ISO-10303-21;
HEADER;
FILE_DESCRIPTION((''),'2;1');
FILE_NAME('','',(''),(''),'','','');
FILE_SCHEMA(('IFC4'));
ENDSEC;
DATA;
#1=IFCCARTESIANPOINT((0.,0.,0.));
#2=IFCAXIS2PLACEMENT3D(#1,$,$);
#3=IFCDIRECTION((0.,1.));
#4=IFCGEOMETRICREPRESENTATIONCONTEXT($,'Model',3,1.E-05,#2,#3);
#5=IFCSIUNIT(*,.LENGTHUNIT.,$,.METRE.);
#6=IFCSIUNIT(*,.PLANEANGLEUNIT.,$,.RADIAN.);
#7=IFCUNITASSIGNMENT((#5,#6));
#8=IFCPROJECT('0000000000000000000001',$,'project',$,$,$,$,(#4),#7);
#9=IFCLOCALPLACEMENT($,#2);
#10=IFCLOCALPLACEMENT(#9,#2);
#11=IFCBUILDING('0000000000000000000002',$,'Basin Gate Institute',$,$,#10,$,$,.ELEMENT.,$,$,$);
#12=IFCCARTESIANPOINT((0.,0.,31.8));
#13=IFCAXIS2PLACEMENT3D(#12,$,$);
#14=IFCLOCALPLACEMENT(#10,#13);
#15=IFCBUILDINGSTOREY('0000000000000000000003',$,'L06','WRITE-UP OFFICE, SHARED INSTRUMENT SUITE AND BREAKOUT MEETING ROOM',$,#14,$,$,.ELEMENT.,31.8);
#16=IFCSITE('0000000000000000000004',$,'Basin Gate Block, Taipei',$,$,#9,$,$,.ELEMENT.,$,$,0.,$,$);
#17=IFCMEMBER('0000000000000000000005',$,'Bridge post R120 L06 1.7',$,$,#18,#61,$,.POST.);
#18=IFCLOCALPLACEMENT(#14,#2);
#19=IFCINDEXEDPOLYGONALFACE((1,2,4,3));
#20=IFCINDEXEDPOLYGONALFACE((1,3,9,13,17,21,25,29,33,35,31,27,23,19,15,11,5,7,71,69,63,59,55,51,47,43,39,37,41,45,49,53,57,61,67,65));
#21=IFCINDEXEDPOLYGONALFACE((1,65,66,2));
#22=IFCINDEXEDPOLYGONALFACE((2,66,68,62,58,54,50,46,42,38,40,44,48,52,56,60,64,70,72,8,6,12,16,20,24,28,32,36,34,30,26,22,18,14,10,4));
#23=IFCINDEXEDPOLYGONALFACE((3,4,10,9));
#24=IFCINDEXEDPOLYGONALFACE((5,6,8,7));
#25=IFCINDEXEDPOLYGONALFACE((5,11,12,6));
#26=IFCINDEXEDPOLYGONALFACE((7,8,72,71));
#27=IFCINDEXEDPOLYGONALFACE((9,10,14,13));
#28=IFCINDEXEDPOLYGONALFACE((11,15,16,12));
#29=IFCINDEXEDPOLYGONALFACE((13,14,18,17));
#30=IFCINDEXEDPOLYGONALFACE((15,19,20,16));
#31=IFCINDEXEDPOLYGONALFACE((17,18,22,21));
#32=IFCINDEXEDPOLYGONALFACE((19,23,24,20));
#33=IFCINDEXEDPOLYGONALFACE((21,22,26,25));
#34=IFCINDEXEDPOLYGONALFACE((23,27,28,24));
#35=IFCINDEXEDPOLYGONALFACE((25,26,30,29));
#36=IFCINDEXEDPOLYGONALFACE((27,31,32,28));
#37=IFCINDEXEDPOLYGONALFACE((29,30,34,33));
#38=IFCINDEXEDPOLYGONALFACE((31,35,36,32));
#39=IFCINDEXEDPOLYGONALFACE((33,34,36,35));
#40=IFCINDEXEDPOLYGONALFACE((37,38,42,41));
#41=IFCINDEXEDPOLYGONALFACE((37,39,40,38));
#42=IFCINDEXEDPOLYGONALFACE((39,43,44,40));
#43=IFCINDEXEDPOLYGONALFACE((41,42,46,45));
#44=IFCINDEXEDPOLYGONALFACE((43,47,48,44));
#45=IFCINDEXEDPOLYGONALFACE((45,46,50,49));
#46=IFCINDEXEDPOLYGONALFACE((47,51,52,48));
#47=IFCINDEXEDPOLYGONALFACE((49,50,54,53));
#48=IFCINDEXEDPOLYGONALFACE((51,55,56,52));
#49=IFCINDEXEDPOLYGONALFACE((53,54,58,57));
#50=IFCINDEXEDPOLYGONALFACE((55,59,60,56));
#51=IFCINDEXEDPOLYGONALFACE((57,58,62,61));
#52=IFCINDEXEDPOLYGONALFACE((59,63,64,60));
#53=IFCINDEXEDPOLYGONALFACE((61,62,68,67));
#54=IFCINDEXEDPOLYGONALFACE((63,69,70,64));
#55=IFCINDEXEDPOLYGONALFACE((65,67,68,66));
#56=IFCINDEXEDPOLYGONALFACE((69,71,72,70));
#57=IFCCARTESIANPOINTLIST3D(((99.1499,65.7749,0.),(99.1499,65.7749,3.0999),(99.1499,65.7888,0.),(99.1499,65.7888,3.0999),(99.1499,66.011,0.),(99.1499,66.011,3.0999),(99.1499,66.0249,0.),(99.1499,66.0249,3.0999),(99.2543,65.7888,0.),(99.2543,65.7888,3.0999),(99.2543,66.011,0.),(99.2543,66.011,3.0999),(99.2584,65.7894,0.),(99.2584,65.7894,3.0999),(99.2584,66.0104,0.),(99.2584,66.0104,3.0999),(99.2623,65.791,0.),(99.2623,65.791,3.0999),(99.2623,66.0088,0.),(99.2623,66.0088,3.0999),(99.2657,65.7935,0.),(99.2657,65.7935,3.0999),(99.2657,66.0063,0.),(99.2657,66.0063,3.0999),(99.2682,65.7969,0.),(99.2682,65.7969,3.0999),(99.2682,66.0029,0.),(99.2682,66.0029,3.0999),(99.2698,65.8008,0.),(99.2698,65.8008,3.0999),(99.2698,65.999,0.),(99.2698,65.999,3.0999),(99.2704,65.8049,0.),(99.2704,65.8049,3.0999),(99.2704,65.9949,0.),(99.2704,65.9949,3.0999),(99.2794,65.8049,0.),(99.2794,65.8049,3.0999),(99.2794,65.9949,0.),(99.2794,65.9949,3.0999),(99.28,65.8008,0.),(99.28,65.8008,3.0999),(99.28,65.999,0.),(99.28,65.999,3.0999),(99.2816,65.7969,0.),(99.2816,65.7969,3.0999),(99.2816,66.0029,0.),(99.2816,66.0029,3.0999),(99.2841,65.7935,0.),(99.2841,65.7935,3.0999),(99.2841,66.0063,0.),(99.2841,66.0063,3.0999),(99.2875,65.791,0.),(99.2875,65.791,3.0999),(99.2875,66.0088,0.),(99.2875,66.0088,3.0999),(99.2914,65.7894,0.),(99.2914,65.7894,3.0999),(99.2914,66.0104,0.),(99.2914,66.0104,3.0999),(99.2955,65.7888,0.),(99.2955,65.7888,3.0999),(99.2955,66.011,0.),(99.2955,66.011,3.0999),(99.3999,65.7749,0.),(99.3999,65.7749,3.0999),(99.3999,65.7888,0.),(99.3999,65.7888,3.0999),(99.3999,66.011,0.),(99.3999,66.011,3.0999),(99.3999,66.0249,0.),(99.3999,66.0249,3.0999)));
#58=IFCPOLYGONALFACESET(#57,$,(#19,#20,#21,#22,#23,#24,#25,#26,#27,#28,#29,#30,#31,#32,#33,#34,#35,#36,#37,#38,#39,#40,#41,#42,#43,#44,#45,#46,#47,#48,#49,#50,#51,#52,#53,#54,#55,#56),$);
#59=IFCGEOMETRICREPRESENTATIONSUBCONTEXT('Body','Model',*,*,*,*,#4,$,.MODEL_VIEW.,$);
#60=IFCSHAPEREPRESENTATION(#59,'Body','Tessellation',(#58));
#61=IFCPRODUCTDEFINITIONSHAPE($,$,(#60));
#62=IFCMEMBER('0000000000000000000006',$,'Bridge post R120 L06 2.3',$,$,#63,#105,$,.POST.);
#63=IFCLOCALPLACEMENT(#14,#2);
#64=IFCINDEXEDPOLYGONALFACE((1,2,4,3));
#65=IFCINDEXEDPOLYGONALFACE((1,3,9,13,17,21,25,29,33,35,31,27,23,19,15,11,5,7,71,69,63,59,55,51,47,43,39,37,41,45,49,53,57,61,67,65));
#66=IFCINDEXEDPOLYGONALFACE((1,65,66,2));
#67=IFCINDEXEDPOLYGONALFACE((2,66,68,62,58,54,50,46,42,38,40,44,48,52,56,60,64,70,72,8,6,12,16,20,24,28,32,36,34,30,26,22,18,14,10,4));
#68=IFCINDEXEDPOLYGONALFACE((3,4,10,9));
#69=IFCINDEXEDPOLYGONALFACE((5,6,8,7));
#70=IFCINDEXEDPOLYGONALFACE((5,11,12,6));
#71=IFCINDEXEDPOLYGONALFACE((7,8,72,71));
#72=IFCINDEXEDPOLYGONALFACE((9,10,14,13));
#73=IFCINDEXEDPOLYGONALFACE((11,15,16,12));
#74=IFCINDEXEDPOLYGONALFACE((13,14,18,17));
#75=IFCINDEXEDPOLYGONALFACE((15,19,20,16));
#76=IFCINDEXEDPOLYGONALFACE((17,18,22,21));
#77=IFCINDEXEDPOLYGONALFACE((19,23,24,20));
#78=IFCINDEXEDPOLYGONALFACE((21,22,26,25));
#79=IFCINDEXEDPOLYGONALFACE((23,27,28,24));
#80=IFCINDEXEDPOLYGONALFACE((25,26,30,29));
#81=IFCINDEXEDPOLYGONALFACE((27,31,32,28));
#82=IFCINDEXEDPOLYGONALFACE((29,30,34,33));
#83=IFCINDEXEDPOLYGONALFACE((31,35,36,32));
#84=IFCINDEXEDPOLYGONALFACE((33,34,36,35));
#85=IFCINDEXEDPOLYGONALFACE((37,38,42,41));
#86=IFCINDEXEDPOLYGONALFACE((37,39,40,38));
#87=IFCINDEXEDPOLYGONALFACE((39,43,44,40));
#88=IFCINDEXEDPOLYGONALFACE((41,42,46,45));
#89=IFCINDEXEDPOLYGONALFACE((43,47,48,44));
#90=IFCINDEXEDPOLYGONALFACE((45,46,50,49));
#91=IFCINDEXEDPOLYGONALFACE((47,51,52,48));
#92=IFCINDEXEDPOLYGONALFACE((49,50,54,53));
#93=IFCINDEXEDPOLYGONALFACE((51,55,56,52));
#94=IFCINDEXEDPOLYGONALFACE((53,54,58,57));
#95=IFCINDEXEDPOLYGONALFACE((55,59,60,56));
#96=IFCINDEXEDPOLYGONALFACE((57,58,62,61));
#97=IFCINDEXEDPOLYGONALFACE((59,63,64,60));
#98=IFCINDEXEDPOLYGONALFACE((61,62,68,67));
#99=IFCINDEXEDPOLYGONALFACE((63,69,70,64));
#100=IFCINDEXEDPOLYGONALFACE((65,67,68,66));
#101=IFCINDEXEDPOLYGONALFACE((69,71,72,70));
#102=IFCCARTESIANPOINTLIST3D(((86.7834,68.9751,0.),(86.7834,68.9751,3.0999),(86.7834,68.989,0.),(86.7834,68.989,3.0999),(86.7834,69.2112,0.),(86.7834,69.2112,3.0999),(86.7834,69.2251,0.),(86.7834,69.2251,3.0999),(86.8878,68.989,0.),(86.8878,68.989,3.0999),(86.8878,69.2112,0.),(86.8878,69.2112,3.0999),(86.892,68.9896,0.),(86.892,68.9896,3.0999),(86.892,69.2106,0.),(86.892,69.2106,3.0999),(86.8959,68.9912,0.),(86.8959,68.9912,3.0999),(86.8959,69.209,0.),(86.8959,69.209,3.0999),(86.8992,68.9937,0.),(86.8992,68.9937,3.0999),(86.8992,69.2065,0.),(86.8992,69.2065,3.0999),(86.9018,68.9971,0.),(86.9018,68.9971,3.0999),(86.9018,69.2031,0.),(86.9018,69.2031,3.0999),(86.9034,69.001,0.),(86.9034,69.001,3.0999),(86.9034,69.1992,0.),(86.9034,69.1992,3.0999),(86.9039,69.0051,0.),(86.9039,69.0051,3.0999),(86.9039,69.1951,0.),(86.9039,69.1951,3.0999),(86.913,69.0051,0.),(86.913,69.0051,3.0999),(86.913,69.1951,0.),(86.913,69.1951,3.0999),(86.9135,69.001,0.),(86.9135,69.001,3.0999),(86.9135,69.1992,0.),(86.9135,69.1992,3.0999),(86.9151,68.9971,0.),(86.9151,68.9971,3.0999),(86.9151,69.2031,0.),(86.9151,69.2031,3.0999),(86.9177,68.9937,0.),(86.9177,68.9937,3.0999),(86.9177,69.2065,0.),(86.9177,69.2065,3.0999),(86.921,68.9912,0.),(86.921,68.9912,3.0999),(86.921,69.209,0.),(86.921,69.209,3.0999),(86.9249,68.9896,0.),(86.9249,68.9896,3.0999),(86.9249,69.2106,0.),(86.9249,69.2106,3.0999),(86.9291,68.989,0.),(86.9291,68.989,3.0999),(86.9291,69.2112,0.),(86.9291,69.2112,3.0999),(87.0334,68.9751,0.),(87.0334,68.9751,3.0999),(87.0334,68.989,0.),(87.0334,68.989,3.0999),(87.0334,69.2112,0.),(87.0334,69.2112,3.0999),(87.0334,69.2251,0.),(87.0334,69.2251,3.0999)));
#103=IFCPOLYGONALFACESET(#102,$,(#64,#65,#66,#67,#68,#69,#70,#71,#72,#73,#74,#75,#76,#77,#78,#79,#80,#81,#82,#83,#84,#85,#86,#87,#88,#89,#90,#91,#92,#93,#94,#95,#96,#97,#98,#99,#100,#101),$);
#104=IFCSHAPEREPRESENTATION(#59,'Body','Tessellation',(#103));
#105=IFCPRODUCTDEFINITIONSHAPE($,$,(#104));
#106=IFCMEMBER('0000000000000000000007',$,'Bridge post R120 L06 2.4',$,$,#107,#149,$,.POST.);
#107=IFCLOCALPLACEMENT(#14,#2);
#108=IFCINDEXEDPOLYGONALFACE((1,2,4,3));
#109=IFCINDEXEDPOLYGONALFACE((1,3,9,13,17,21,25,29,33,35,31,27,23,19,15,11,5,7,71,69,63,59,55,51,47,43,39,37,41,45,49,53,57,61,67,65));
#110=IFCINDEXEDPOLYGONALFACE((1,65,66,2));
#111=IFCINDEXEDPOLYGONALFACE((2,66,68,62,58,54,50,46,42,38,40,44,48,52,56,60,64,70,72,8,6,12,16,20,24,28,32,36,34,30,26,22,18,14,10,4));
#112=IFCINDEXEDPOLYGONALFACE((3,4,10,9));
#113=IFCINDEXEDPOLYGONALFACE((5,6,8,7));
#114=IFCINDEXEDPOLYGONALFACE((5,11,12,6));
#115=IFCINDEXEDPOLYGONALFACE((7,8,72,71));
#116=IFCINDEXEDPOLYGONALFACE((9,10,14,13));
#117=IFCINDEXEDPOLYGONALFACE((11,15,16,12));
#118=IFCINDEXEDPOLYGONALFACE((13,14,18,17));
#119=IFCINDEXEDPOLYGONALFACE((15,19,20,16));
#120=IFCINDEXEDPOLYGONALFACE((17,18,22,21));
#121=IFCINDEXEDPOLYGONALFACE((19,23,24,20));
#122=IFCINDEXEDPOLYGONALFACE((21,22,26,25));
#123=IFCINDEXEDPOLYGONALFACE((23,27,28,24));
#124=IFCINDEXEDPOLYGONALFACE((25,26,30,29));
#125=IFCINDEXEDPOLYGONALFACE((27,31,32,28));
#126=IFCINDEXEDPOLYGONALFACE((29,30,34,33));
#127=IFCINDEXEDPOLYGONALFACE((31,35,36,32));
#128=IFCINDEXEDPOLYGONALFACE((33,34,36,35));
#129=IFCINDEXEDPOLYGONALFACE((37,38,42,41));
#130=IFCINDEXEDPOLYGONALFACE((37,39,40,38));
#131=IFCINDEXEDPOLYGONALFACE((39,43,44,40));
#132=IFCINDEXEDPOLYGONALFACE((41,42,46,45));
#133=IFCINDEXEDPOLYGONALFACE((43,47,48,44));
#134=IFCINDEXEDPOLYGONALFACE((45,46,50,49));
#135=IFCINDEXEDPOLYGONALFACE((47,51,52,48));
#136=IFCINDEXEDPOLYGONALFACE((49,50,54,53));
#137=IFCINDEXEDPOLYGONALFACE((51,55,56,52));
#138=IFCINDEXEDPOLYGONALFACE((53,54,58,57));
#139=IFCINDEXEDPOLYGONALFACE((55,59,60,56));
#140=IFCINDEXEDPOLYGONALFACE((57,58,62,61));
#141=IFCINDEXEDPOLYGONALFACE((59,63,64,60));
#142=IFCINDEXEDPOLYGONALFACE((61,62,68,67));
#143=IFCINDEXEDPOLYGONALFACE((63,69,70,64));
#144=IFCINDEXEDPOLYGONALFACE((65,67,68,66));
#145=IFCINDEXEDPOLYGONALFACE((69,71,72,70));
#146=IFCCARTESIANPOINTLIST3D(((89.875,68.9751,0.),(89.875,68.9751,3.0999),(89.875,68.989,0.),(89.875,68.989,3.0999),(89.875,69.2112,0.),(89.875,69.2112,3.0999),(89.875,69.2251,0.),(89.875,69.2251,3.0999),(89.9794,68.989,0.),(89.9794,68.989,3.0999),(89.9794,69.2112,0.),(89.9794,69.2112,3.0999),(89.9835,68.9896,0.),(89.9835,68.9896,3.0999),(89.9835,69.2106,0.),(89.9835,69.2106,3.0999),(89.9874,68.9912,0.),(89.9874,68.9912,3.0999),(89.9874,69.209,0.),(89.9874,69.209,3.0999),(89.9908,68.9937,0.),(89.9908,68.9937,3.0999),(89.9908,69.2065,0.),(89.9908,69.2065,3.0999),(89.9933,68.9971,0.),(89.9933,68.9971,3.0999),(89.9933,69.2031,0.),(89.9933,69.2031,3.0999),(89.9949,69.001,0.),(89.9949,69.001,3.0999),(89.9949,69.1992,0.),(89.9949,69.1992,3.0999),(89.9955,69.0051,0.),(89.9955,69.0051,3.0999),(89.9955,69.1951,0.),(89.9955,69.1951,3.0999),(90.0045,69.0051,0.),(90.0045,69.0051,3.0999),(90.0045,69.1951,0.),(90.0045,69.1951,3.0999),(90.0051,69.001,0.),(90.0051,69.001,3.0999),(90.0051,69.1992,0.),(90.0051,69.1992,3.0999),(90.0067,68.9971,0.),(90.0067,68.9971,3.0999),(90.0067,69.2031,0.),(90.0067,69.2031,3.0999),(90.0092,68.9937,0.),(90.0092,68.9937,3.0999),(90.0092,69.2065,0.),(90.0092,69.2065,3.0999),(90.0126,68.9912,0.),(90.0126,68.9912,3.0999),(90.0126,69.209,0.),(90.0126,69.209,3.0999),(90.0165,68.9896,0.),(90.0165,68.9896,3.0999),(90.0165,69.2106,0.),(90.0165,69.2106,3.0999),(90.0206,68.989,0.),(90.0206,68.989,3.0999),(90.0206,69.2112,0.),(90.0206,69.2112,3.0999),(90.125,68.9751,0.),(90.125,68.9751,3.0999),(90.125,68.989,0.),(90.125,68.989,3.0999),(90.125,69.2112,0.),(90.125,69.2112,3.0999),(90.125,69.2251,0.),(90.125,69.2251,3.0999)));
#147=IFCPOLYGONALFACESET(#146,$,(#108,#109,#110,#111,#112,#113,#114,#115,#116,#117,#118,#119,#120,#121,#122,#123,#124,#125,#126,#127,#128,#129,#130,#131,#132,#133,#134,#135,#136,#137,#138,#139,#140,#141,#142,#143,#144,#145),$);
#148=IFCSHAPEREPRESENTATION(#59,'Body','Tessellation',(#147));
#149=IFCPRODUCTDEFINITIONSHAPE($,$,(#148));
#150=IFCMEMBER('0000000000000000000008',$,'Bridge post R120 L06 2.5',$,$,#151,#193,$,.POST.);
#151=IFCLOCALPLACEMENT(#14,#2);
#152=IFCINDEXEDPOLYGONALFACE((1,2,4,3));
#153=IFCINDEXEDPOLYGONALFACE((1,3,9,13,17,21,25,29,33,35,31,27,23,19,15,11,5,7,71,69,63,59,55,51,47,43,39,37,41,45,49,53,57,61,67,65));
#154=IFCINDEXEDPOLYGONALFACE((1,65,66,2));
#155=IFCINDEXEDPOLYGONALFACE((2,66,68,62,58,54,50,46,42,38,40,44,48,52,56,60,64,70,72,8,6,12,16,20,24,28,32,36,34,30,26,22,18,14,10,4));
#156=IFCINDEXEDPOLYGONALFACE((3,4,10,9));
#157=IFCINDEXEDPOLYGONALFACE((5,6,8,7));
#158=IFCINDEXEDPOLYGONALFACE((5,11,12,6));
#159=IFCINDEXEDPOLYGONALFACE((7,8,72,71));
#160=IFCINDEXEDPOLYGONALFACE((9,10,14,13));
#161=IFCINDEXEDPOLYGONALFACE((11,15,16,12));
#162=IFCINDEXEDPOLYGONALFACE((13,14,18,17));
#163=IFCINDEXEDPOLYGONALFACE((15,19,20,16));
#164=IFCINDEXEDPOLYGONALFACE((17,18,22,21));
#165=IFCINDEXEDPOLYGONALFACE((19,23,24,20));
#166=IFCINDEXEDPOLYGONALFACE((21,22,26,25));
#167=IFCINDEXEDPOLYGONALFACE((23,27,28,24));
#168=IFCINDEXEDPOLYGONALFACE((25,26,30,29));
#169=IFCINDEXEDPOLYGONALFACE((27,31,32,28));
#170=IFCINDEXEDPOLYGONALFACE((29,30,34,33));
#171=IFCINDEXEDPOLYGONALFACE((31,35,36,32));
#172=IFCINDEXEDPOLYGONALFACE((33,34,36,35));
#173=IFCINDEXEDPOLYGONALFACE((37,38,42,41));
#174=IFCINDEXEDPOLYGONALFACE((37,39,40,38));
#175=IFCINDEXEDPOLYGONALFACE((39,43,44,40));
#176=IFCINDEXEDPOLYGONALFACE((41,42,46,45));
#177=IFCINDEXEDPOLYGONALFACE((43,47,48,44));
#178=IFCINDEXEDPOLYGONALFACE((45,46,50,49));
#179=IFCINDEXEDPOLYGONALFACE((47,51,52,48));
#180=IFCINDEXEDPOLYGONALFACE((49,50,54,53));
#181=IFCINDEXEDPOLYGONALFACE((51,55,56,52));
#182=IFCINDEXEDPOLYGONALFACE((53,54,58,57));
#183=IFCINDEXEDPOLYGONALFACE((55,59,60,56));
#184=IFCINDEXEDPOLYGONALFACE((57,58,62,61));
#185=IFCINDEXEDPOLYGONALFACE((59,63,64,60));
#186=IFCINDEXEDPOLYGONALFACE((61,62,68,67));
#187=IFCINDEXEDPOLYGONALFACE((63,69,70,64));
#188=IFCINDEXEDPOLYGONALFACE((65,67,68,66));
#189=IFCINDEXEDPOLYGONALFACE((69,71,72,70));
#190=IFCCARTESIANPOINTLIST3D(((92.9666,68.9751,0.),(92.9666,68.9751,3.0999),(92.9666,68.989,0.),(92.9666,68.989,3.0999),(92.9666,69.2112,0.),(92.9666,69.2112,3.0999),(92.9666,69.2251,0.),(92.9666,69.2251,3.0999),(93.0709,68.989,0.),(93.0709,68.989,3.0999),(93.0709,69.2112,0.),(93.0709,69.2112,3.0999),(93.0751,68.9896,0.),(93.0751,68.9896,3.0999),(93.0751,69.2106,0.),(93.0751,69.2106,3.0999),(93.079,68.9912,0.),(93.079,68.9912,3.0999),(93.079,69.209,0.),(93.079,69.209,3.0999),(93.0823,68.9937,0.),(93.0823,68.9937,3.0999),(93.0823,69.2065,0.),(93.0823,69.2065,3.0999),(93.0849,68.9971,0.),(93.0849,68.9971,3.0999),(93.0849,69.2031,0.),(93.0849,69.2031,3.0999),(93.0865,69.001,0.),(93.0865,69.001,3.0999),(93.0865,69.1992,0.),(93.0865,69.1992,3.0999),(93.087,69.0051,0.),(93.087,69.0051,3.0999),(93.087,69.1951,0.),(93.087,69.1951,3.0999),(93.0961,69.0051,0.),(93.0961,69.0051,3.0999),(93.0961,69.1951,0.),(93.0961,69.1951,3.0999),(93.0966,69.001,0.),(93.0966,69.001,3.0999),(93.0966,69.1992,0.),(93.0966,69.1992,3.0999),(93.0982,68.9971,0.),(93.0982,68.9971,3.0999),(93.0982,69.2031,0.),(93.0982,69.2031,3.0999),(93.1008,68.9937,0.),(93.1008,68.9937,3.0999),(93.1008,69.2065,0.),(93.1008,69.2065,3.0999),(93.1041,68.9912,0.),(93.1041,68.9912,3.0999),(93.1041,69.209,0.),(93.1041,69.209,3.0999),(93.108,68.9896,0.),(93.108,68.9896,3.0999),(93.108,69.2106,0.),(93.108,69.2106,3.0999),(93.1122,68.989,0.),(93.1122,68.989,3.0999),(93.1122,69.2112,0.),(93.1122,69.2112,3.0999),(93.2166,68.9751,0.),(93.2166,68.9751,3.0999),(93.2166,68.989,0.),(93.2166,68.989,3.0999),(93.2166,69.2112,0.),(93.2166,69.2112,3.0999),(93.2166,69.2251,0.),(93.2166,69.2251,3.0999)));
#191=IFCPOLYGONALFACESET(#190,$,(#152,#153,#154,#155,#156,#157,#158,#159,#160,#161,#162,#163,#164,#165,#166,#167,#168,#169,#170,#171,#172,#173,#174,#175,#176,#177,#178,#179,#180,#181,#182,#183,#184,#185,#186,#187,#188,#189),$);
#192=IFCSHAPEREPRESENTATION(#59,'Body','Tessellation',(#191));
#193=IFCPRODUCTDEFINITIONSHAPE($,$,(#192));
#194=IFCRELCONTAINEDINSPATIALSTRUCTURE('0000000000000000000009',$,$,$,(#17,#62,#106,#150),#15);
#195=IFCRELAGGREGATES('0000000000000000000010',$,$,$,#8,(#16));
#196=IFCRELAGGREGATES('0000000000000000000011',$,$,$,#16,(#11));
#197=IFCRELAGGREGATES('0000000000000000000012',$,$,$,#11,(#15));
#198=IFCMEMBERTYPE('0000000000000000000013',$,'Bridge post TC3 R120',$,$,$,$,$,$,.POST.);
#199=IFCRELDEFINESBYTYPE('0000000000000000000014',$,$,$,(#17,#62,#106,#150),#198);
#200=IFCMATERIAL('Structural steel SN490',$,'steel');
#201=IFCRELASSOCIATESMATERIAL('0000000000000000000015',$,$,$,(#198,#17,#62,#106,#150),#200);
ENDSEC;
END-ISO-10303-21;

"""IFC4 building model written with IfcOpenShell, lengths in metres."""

from ifc_helpers import new_model, si_unit, direction, frame, origin, origin_2d, place, context, subcontext, project, spatial, i_section, extrude, material, material_profile, profile_set, type_object, element, save


model = new_model("IFC4")

# Units and contexts
model_context = context("Model", 3, precision=1e-05, world=origin(), true_north=direction((0.0, 1.0)))
body_context = subcontext(model_context, "Body", "Model", "MODEL_VIEW")
ifc_project = project(units=[si_unit("LENGTHUNIT", "METRE"), si_unit("PLANEANGLEUNIT", "RADIAN")], contexts=[model_context])

# Site, building, storey
site_placement = place(None, origin())
site = spatial("IfcSite", under=ifc_project, at=site_placement, Name="Basin Gate Block, Taipei", CompositionType="ELEMENT", RefElevation=0.0)
building_placement = place(site_placement, origin())
building = spatial("IfcBuilding", under=site, at=building_placement, Name="Basin Gate Institute", CompositionType="ELEMENT")
storey_placement = place(building_placement, frame((0.0, 0.0, 31.8)))
storey = spatial("IfcBuildingStorey", under=building, at=storey_placement, Name="L06", Description="WRITE-UP OFFICE, SHARED INSTRUMENT SUITE AND BREAKOUT MEETING ROOM", CompositionType="ELEMENT", Elevation=31.8)

# Members
ifc_material_1 = material(Name="Structural steel SN490", Category="steel")
ifc_material_profile_1 = material_profile(ifc_material_1, i_section(OverallWidth=0.25, OverallDepth=0.25, WebThickness=0.009, FlangeThickness=0.0139, FilletRadius=0.0161, at=origin_2d()), Name="H250x250")
ifc_profile_set_1 = profile_set([ifc_material_profile_1], Name="Structural steel SN490")
member_type_1 = type_object("IfcMemberType", Name="Bridge post TC3 R120", PredefinedType="POST", material=ifc_profile_set_1)
for number, where, z_axis, x_axis, name in (
    (1, (99.2749, 65.8999, 0.0), (0.0, 0.0, 1.0), (1.0, 0.0, 0.0), "Bridge post R120 L06 1.7"),
    (2, (86.9084, 69.1001, 0.0), (0.0, 0.0, 1.0), (1.0, 0.0, 0.0), "Bridge post R120 L06 2.3"),
    (3, (90.0, 69.1001, 0.0), (0.0, 0.0, 1.0), (1.0, 0.0, 0.0), "Bridge post R120 L06 2.4"),
    (4, (93.0916, 69.1001, 0.0), (0.0, 0.0, 1.0), (1.0, 0.0, 0.0), "Bridge post R120 L06 2.5"),
):
    element("IfcMember", number, at=place(storey_placement, frame(where, z_axis=z_axis, x_axis=x_axis)), inside=storey, type_object=member_type_1, material=ifc_profile_set_1, Name=name, PredefinedType="POST", context=body_context, shape_type="SweptSolid", body=[
        extrude(i_section(OverallWidth=0.25, OverallDepth=0.25, WebThickness=0.009, FlangeThickness=0.0139, FilletRadius=0.0161, at=origin_2d()), origin(), (0.0, 0.0, 1.0), 3.0999),
    ])

save(model, "model.ifc")
